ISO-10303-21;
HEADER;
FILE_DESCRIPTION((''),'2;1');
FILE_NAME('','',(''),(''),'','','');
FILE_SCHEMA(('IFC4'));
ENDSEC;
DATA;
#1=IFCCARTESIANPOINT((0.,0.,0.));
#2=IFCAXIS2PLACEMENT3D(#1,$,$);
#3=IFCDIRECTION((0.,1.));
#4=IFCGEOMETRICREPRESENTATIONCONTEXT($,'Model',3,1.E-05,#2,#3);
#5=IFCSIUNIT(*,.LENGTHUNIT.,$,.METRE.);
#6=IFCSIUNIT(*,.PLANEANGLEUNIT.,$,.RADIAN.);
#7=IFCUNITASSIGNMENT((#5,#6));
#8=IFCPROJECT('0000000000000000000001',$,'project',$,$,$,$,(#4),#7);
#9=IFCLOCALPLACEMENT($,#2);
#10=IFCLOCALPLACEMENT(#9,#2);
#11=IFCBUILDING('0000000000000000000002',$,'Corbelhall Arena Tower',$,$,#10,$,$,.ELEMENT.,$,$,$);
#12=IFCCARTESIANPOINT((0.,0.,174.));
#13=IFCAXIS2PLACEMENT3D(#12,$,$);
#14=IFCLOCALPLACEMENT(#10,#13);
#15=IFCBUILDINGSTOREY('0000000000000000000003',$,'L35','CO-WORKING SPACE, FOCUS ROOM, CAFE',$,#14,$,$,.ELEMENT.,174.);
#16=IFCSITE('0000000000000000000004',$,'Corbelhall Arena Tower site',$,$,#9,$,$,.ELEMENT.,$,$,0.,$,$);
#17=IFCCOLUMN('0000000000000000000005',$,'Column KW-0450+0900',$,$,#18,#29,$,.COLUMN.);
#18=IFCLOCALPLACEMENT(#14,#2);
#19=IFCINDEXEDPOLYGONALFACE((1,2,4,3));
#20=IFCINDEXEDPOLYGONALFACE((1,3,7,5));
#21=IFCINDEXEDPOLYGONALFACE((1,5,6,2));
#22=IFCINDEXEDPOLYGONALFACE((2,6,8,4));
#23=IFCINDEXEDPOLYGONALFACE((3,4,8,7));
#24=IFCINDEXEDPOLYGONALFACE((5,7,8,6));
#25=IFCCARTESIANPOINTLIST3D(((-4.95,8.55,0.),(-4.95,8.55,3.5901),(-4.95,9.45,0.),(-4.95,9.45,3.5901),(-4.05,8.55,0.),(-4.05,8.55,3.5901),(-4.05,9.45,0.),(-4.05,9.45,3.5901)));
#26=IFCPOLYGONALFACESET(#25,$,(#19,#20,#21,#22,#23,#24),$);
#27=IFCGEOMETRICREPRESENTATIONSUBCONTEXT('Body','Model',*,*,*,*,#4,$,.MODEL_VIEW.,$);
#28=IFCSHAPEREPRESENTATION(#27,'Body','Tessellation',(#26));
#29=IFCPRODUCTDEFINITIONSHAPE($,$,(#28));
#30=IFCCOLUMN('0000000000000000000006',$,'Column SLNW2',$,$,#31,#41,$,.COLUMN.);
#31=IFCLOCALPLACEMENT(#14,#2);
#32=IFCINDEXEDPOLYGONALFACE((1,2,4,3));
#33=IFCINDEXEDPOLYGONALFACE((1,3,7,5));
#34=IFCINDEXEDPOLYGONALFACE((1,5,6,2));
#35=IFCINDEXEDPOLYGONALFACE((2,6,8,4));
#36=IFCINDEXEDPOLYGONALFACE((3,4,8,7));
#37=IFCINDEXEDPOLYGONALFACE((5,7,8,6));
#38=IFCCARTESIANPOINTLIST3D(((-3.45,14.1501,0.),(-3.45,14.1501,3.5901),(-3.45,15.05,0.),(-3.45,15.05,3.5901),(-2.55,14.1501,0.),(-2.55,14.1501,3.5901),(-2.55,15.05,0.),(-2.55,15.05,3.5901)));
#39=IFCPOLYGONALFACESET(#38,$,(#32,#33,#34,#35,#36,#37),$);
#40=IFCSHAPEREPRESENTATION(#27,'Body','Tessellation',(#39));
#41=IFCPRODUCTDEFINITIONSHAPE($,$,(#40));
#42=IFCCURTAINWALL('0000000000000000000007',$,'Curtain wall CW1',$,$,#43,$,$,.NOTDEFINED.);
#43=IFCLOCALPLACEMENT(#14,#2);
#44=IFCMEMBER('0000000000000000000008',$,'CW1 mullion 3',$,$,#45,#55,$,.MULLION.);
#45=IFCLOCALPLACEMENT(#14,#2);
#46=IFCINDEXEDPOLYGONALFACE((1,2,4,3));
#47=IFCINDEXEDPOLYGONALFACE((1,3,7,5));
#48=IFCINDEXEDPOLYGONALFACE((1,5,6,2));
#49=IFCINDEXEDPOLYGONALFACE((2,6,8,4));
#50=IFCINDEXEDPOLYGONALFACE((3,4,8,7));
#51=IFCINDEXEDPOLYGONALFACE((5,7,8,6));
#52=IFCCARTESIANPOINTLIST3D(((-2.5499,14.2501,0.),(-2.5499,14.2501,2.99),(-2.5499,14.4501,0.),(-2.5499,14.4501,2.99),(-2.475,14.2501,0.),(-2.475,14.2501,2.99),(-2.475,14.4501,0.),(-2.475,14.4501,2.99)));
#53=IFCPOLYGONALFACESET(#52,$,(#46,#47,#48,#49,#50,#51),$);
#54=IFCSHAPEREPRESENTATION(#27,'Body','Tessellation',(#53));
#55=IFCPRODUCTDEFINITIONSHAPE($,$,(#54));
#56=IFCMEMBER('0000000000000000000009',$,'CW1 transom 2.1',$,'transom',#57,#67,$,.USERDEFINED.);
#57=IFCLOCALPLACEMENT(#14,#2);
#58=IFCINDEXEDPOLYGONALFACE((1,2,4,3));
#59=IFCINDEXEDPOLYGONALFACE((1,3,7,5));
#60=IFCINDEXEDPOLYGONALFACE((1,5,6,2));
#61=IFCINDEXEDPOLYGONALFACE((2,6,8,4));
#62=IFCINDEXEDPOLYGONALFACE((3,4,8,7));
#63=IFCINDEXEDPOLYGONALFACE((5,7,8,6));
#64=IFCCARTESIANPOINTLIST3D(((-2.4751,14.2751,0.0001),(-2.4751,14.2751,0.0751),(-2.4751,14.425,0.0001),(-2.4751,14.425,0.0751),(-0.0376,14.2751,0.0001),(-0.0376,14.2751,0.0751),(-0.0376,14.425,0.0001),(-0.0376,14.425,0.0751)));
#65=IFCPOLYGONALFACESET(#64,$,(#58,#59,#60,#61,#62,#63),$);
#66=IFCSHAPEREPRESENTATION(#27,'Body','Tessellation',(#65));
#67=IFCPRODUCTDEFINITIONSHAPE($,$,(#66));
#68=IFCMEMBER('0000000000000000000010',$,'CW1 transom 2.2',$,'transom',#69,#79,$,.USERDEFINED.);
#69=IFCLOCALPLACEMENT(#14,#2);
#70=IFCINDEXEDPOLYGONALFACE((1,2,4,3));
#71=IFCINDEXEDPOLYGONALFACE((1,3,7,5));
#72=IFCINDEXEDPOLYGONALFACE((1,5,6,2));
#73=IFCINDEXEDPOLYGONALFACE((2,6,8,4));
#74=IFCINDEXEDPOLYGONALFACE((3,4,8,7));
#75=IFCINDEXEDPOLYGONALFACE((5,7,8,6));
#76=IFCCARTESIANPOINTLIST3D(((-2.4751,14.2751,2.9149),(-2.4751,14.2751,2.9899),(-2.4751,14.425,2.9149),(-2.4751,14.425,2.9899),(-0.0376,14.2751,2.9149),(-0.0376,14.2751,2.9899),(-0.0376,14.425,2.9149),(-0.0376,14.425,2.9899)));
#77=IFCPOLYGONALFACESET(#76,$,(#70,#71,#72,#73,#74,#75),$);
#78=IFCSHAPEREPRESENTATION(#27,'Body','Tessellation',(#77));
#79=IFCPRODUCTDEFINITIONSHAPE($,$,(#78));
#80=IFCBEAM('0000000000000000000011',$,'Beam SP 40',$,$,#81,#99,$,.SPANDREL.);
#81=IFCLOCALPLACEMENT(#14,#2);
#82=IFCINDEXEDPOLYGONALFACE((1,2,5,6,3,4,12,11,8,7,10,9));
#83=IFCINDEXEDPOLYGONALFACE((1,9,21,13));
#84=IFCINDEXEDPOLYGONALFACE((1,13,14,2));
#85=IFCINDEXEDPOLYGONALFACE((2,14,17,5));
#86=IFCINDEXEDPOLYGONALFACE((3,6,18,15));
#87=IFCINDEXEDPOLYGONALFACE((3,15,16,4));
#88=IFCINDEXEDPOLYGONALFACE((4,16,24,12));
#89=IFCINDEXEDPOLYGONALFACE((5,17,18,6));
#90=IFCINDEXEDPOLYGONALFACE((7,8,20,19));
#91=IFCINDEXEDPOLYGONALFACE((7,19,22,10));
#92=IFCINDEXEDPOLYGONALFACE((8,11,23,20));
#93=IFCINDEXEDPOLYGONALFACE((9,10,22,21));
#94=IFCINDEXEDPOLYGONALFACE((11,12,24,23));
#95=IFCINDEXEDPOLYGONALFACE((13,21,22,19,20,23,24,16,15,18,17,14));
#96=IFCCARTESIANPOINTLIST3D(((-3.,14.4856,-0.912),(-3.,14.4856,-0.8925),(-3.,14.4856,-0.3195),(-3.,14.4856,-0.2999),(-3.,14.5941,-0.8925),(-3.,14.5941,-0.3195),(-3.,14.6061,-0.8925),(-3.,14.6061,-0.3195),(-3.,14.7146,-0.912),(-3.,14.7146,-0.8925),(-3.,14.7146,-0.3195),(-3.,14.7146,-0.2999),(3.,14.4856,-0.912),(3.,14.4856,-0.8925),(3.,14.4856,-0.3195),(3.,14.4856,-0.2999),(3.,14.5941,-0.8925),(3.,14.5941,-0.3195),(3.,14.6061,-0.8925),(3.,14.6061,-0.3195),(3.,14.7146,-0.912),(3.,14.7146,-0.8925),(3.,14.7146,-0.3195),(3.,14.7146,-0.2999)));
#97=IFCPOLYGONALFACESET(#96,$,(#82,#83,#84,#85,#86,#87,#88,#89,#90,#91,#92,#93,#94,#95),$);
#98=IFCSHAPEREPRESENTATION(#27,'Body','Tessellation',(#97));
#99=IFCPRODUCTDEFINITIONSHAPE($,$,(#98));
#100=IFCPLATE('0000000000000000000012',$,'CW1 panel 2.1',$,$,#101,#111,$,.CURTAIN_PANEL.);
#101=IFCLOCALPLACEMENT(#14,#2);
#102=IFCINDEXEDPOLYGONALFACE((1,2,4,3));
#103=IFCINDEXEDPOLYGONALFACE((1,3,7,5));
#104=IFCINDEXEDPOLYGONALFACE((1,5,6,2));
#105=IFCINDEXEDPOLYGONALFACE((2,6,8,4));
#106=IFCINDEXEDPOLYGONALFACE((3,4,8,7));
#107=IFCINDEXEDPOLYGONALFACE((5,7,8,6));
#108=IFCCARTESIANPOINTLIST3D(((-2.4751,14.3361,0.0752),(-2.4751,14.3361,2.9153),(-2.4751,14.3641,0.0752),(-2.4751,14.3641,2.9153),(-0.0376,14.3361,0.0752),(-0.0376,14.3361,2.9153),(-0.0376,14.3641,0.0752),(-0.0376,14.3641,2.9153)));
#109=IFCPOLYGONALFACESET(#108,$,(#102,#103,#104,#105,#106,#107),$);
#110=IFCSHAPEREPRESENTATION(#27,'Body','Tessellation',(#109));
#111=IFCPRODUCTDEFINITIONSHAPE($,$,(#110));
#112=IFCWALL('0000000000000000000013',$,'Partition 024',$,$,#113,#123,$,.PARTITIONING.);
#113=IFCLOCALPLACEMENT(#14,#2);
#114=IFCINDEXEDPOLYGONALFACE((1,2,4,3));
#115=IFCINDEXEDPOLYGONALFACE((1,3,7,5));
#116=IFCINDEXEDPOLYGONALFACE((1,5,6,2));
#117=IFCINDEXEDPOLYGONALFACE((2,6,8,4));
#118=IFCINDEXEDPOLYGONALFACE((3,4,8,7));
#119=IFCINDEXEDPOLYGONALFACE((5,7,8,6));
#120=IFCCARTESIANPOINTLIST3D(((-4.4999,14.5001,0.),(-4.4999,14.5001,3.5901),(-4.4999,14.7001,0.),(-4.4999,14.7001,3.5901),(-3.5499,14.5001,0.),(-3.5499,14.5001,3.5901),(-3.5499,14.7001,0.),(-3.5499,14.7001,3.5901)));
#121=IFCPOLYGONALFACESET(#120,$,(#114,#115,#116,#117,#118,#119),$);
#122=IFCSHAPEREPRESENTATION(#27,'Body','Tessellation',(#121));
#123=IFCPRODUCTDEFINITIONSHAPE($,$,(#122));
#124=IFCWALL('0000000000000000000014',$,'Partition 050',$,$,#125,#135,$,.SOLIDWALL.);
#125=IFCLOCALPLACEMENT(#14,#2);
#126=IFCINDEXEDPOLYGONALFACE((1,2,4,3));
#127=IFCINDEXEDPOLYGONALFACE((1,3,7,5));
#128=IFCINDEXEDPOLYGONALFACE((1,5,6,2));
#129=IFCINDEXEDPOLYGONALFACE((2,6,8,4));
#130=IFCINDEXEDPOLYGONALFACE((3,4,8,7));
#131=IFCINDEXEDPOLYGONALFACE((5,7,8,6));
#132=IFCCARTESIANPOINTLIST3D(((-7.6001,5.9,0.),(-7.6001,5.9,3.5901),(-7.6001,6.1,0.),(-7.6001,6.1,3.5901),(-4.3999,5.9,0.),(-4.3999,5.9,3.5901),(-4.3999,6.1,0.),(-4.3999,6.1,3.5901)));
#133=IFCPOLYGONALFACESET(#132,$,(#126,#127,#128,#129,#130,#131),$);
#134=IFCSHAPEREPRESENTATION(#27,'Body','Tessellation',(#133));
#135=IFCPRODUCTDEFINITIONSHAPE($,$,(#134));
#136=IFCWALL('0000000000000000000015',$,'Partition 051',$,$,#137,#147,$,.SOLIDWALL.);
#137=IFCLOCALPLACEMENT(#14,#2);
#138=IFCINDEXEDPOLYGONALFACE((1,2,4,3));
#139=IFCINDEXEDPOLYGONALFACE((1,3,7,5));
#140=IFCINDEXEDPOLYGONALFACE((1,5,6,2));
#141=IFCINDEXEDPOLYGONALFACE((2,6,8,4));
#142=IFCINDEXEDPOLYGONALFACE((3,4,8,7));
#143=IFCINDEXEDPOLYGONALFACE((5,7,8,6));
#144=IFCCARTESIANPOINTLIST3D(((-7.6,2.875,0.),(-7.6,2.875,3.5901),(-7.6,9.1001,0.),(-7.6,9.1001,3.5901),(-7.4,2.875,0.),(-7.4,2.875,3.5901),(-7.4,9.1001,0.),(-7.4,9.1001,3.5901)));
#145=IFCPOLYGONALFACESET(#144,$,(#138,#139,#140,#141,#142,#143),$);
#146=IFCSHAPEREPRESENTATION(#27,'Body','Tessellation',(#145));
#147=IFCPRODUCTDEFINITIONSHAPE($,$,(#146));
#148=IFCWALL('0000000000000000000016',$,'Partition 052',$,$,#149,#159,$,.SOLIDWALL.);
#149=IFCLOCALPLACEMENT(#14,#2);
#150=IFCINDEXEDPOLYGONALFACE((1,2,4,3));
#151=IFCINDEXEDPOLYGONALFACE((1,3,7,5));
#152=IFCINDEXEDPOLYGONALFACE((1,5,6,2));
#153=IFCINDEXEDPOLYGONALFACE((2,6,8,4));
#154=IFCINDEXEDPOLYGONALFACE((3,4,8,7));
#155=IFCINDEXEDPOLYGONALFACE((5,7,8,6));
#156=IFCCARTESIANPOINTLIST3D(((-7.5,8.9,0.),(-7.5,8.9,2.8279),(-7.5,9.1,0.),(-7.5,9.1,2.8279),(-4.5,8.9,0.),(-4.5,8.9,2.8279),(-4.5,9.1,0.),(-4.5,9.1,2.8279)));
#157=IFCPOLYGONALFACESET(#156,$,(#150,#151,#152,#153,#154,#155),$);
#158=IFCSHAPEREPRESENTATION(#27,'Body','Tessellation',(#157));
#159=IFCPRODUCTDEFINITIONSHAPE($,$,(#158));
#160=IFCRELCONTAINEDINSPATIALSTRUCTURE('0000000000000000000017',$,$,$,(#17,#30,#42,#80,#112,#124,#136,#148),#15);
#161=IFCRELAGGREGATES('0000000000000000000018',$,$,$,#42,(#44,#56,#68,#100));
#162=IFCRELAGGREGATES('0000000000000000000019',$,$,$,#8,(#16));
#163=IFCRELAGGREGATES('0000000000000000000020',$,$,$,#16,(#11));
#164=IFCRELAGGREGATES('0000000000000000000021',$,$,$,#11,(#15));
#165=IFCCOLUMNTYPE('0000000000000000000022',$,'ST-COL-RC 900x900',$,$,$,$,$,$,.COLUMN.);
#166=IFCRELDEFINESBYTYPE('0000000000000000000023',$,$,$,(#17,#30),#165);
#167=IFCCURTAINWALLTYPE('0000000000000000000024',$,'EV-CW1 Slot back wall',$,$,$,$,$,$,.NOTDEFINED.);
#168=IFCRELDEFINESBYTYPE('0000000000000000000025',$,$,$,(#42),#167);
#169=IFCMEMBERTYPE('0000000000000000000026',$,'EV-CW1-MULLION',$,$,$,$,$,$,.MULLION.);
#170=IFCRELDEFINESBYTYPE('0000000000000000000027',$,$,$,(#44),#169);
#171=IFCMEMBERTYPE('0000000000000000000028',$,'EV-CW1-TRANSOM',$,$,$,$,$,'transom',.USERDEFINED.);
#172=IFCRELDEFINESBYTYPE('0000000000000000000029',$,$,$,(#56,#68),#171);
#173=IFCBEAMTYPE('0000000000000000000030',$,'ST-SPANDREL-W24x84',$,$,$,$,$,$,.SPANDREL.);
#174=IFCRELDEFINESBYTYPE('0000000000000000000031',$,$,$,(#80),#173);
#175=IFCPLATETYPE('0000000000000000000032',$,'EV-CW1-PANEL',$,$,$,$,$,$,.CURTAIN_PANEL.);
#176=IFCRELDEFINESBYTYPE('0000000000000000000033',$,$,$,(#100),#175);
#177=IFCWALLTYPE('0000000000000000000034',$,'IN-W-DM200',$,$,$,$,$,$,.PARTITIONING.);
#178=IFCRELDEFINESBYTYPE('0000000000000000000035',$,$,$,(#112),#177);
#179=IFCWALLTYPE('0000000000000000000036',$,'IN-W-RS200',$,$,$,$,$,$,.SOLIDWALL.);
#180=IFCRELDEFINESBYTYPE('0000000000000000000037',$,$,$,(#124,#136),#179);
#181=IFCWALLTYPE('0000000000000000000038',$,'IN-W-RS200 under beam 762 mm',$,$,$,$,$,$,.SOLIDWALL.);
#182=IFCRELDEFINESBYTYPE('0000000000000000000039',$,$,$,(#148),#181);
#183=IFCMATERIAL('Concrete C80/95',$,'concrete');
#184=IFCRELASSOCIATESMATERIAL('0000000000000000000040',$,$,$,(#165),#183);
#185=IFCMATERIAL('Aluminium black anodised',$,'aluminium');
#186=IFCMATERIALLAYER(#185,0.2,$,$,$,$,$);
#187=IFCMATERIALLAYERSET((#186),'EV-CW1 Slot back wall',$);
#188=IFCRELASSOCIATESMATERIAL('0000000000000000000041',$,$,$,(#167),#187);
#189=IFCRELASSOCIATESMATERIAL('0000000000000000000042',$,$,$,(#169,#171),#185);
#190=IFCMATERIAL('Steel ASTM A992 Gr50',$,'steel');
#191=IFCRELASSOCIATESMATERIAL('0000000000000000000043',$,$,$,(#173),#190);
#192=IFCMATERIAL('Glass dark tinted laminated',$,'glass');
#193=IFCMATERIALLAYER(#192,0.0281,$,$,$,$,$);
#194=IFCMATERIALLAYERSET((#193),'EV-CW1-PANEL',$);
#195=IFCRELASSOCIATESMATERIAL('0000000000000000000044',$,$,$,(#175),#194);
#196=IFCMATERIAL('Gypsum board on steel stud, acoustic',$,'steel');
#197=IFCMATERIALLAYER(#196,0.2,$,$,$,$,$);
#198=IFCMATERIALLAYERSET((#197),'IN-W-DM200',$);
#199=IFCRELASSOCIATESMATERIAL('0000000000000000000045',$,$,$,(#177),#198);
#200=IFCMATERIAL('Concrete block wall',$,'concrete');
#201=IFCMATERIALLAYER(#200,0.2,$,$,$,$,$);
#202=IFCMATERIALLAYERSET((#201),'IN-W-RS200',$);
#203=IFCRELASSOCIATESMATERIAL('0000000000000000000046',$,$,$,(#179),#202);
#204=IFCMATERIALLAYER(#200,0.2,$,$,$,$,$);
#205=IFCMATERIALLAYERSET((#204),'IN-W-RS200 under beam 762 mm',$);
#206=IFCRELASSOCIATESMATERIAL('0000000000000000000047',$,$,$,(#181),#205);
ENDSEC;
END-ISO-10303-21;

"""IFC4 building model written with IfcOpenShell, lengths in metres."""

from ifc_helpers import new_model, si_unit, direction, frame, frame_2d, origin, origin_2d, place, context, subcontext, project, spatial, rectangle, i_section, extrude, material, layer, layer_set, material_profile, profile_set, type_object, element, aggregate, save


model = new_model("IFC4")

# Units and contexts
model_context = context("Model", 3, precision=1e-05, world=origin(), true_north=direction((0.0, 1.0)))
body_context = subcontext(model_context, "Body", "Model", "MODEL_VIEW")
ifc_project = project(units=[si_unit("LENGTHUNIT", "METRE"), si_unit("PLANEANGLEUNIT", "RADIAN")], contexts=[model_context])

# Site, building, storey
site_placement = place(None, origin())
site = spatial("IfcSite", under=ifc_project, at=site_placement, Name="Corbelhall Arena Tower site", CompositionType="ELEMENT", RefElevation=0.0)
building_placement = place(site_placement, origin())
building = spatial("IfcBuilding", under=site, at=building_placement, Name="Corbelhall Arena Tower", CompositionType="ELEMENT")
storey_placement = place(building_placement, frame((0.0, 0.0, 174.0)))
storey = spatial("IfcBuildingStorey", under=building, at=storey_placement, Name="L35", Description="CO-WORKING SPACE, FOCUS ROOM, CAFE", CompositionType="ELEMENT", Elevation=174.0)

# Columns
ifc_material_1 = material(Name="Concrete C80/95", Category="concrete")
ifc_material_profile_1 = material_profile(ifc_material_1, rectangle(XDim=0.8999, YDim=0.8999, at=origin_2d()))
ifc_profile_set_1 = profile_set([ifc_material_profile_1], Name="Concrete C80/95")
column_type = type_object("IfcColumnType", Name="ST-COL-RC 900x900", PredefinedType="COLUMN", material=ifc_profile_set_1)
for number, where, z_axis, x_axis, name in (
    (1, (-4.5, 9.0, 0.0), (0.0, 0.0, 1.0), (1.0, 0.0, 0.0), "Column KW-0450+0900"),
    (2, (-3.0, 14.6001, 0.0), (0.0, 0.0, 1.0), (1.0, 0.0, 0.0), "Column SLNW2"),
):
    element("IfcColumn", number, at=place(storey_placement, frame(where, z_axis=z_axis, x_axis=x_axis)), inside=storey, type_object=column_type, Name=name, PredefinedType="COLUMN", context=body_context, shape_type="SweptSolid", body=[
        extrude(rectangle(XDim=0.8999, YDim=0.8999, at=origin_2d()), origin(), (0.0, 0.0, 1.0), 3.5901),
    ])

# Curtain wall, members
ifc_material_2 = material(Name="Aluminium black anodised", Category="aluminium")
ifc_layer_1 = layer(ifc_material_2, 0.2)
ifc_layer_set_1 = layer_set([ifc_layer_1], Name="EV-CW1 Slot back wall")
curtain_wall_type = type_object("IfcCurtainWallType", Name="EV-CW1 Slot back wall", PredefinedType="NOTDEFINED", material=ifc_layer_set_1)
curtain_wall_placement = place(storey_placement, origin())
curtain_wall = element("IfcCurtainWall", 3, at=curtain_wall_placement, inside=storey, type_object=curtain_wall_type, Name="Curtain wall CW1", PredefinedType="NOTDEFINED")
ifc_material_profile_2 = material_profile(ifc_material_2, rectangle(XDim=0.2, YDim=0.075, at=origin_2d()))
ifc_profile_set_2 = profile_set([ifc_material_profile_2], Name="Aluminium black anodised")
member_type_1 = type_object("IfcMemberType", Name="EV-CW1-MULLION", PredefinedType="MULLION", material=ifc_profile_set_2)
member_1_placement = place(storey_placement, frame((-2.5125, 14.3501, 0.0), z_axis=(0.0, 0.0, 1.0), x_axis=(0.0, -1.0, 0.0)))
member_1 = element("IfcMember", 4, at=member_1_placement, type_object=member_type_1, Name="CW1 mullion 3", PredefinedType="MULLION", context=body_context, shape_type="SweptSolid", body=[
    extrude(rectangle(XDim=0.2, YDim=0.075, at=origin_2d()), origin(), (0.0, 0.0, 1.0), 2.99),
])
ifc_material_profile_3 = material_profile(ifc_material_2, rectangle(XDim=0.1499, YDim=0.075, at=origin_2d()))
ifc_profile_set_3 = profile_set([ifc_material_profile_3], Name="Aluminium black anodised")
member_type_2 = type_object("IfcMemberType", Name="EV-CW1-TRANSOM", ElementType="transom", PredefinedType="USERDEFINED", material=ifc_profile_set_3)
member_2_placement = place(storey_placement, frame((-0.0376, 14.3501, 0.0376), z_axis=(-1.0, 0.0, 0.0), x_axis=(0.0, -1.0, 0.0)))
member_2 = element("IfcMember", 5, at=member_2_placement, type_object=member_type_2, Name="CW1 transom 2.1", ObjectType="transom", PredefinedType="USERDEFINED", context=body_context, shape_type="SweptSolid", body=[
    extrude(rectangle(XDim=0.1499, YDim=0.075, at=origin_2d()), origin(), (0.0, 0.0, 1.0), 2.4375),
])
member_3_placement = place(storey_placement, frame((-0.0376, 14.3501, 2.9524), z_axis=(-1.0, 0.0, 0.0), x_axis=(0.0, -1.0, 0.0)))
member_3 = element("IfcMember", 6, at=member_3_placement, type_object=member_type_2, Name="CW1 transom 2.2", ObjectType="transom", PredefinedType="USERDEFINED", context=body_context, shape_type="SweptSolid", body=[
    extrude(rectangle(XDim=0.1499, YDim=0.075, at=origin_2d()), origin(), (0.0, 0.0, 1.0), 2.4375),
])

# Beam
ifc_material_3 = material(Name="Steel ASTM A992 Gr50", Category="steel")
ifc_material_profile_4 = material_profile(ifc_material_3, i_section(OverallWidth=0.229, OverallDepth=0.6121, WebThickness=0.012, FlangeThickness=0.0195, at=origin_2d()))
ifc_profile_set_4 = profile_set([ifc_material_profile_4], Name="Steel ASTM A992 Gr50")
beam_type = type_object("IfcBeamType", Name="ST-SPANDREL-W24x84", PredefinedType="SPANDREL", material=ifc_profile_set_4)
beam_placement = place(storey_placement, frame((-3.0, 14.6001, -0.606), z_axis=(1.0, 0.0, 0.0), x_axis=(0.0, 1.0, 0.0)))
element("IfcBeam", 7, at=beam_placement, inside=storey, type_object=beam_type, Name="Beam SP 40", PredefinedType="SPANDREL", context=body_context, shape_type="SweptSolid", body=[
    extrude(i_section(OverallWidth=0.229, OverallDepth=0.6121, WebThickness=0.012, FlangeThickness=0.0195, at=origin_2d()), origin(), (0.0, 0.0, 1.0), 6.0),
])

# Plate
ifc_material_4 = material(Name="Glass dark tinted laminated", Category="glass")
ifc_layer_2 = layer(ifc_material_4, 0.0281)
ifc_layer_set_2 = layer_set([ifc_layer_2], Name="EV-CW1-PANEL")
plate_type = type_object("IfcPlateType", Name="EV-CW1-PANEL", PredefinedType="CURTAIN_PANEL", material=ifc_layer_set_2)
plate_placement = place(storey_placement, frame((-1.2563, 14.3501, 0.0752), z_axis=(0.0, 0.0, 1.0), x_axis=(-1.0, 0.0, 0.0)))
plate = element("IfcPlate", 8, at=plate_placement, type_object=plate_type, Name="CW1 panel 2.1", PredefinedType="CURTAIN_PANEL", context=body_context, shape_type="SweptSolid", body=[
    extrude(rectangle(XDim=2.4375, YDim=0.0281, at=origin_2d()), origin(), (0.0, 0.0, 1.0), 2.8401),
])
aggregate(curtain_wall, [member_1, member_2, member_3, plate])

# Walls
ifc_material_5 = material(Name="Gypsum board on steel stud, acoustic", Category="steel")
ifc_layer_3 = layer(ifc_material_5, 0.2)
ifc_layer_set_3 = layer_set([ifc_layer_3], Name="IN-W-DM200")
wall_type_1 = type_object("IfcWallType", Name="IN-W-DM200", PredefinedType="PARTITIONING", material=ifc_layer_set_3)
wall_1_placement = place(storey_placement, frame((-4.5, 14.6001, 0.0), z_axis=(0.0, 0.0, 1.0), x_axis=(1.0, 0.0, 0.0)))
element("IfcWall", 9, at=wall_1_placement, inside=storey, type_object=wall_type_1, Name="Partition 024", PredefinedType="PARTITIONING", context=body_context, shape_type="SweptSolid", body=[
    extrude(rectangle(XDim=0.95, YDim=0.2, at=frame_2d((0.4751, 0.0))), origin(), (0.0, 0.0, 1.0), 3.5901),
])
ifc_material_6 = material(Name="Concrete block wall", Category="concrete")
ifc_layer_4 = layer(ifc_material_6, 0.2)
ifc_layer_set_4 = layer_set([ifc_layer_4], Name="IN-W-RS200")
wall_type_2 = type_object("IfcWallType", Name="IN-W-RS200", PredefinedType="SOLIDWALL", material=ifc_layer_set_4)
wall_2_placement = place(storey_placement, frame((-7.6001, 6.0, 0.0), z_axis=(0.0, 0.0, 1.0), x_axis=(1.0, 0.0, 0.0)))
element("IfcWall", 10, at=wall_2_placement, inside=storey, type_object=wall_type_2, Name="Partition 050", PredefinedType="SOLIDWALL", context=body_context, shape_type="SweptSolid", body=[
    extrude(rectangle(XDim=3.2002, YDim=0.2, at=frame_2d((1.6001, 0.0))), origin(), (0.0, 0.0, 1.0), 3.5901),
])
wall_3_placement = place(storey_placement, frame((-7.5, 2.875, 0.0), z_axis=(0.0, 0.0, 1.0), x_axis=(0.0, 1.0, 0.0)))
element("IfcWall", 11, at=wall_3_placement, inside=storey, type_object=wall_type_2, Name="Partition 051", PredefinedType="SOLIDWALL", context=body_context, shape_type="SweptSolid", body=[
    extrude(rectangle(XDim=6.2251, YDim=0.2, at=frame_2d((3.1125, 0.0))), origin(), (0.0, 0.0, 1.0), 3.5901),
])
ifc_layer_5 = layer(ifc_material_6, 0.2)
ifc_layer_set_5 = layer_set([ifc_layer_5], Name="IN-W-RS200 under beam 762 mm")
wall_type_3 = type_object("IfcWallType", Name="IN-W-RS200 under beam 762 mm", PredefinedType="SOLIDWALL", material=ifc_layer_set_5)
wall_4_placement = place(storey_placement, frame((-7.5, 9.0, 0.0), z_axis=(0.0, 0.0, 1.0), x_axis=(1.0, 0.0, 0.0)))
element("IfcWall", 12, at=wall_4_placement, inside=storey, type_object=wall_type_3, Name="Partition 052", PredefinedType="SOLIDWALL", context=body_context, shape_type="SweptSolid", body=[
    extrude(rectangle(XDim=3.0, YDim=0.2, at=frame_2d((1.5, 0.0))), origin(), (0.0, 0.0, 1.0), 2.8279),
])

save(model, "model.ifc")
